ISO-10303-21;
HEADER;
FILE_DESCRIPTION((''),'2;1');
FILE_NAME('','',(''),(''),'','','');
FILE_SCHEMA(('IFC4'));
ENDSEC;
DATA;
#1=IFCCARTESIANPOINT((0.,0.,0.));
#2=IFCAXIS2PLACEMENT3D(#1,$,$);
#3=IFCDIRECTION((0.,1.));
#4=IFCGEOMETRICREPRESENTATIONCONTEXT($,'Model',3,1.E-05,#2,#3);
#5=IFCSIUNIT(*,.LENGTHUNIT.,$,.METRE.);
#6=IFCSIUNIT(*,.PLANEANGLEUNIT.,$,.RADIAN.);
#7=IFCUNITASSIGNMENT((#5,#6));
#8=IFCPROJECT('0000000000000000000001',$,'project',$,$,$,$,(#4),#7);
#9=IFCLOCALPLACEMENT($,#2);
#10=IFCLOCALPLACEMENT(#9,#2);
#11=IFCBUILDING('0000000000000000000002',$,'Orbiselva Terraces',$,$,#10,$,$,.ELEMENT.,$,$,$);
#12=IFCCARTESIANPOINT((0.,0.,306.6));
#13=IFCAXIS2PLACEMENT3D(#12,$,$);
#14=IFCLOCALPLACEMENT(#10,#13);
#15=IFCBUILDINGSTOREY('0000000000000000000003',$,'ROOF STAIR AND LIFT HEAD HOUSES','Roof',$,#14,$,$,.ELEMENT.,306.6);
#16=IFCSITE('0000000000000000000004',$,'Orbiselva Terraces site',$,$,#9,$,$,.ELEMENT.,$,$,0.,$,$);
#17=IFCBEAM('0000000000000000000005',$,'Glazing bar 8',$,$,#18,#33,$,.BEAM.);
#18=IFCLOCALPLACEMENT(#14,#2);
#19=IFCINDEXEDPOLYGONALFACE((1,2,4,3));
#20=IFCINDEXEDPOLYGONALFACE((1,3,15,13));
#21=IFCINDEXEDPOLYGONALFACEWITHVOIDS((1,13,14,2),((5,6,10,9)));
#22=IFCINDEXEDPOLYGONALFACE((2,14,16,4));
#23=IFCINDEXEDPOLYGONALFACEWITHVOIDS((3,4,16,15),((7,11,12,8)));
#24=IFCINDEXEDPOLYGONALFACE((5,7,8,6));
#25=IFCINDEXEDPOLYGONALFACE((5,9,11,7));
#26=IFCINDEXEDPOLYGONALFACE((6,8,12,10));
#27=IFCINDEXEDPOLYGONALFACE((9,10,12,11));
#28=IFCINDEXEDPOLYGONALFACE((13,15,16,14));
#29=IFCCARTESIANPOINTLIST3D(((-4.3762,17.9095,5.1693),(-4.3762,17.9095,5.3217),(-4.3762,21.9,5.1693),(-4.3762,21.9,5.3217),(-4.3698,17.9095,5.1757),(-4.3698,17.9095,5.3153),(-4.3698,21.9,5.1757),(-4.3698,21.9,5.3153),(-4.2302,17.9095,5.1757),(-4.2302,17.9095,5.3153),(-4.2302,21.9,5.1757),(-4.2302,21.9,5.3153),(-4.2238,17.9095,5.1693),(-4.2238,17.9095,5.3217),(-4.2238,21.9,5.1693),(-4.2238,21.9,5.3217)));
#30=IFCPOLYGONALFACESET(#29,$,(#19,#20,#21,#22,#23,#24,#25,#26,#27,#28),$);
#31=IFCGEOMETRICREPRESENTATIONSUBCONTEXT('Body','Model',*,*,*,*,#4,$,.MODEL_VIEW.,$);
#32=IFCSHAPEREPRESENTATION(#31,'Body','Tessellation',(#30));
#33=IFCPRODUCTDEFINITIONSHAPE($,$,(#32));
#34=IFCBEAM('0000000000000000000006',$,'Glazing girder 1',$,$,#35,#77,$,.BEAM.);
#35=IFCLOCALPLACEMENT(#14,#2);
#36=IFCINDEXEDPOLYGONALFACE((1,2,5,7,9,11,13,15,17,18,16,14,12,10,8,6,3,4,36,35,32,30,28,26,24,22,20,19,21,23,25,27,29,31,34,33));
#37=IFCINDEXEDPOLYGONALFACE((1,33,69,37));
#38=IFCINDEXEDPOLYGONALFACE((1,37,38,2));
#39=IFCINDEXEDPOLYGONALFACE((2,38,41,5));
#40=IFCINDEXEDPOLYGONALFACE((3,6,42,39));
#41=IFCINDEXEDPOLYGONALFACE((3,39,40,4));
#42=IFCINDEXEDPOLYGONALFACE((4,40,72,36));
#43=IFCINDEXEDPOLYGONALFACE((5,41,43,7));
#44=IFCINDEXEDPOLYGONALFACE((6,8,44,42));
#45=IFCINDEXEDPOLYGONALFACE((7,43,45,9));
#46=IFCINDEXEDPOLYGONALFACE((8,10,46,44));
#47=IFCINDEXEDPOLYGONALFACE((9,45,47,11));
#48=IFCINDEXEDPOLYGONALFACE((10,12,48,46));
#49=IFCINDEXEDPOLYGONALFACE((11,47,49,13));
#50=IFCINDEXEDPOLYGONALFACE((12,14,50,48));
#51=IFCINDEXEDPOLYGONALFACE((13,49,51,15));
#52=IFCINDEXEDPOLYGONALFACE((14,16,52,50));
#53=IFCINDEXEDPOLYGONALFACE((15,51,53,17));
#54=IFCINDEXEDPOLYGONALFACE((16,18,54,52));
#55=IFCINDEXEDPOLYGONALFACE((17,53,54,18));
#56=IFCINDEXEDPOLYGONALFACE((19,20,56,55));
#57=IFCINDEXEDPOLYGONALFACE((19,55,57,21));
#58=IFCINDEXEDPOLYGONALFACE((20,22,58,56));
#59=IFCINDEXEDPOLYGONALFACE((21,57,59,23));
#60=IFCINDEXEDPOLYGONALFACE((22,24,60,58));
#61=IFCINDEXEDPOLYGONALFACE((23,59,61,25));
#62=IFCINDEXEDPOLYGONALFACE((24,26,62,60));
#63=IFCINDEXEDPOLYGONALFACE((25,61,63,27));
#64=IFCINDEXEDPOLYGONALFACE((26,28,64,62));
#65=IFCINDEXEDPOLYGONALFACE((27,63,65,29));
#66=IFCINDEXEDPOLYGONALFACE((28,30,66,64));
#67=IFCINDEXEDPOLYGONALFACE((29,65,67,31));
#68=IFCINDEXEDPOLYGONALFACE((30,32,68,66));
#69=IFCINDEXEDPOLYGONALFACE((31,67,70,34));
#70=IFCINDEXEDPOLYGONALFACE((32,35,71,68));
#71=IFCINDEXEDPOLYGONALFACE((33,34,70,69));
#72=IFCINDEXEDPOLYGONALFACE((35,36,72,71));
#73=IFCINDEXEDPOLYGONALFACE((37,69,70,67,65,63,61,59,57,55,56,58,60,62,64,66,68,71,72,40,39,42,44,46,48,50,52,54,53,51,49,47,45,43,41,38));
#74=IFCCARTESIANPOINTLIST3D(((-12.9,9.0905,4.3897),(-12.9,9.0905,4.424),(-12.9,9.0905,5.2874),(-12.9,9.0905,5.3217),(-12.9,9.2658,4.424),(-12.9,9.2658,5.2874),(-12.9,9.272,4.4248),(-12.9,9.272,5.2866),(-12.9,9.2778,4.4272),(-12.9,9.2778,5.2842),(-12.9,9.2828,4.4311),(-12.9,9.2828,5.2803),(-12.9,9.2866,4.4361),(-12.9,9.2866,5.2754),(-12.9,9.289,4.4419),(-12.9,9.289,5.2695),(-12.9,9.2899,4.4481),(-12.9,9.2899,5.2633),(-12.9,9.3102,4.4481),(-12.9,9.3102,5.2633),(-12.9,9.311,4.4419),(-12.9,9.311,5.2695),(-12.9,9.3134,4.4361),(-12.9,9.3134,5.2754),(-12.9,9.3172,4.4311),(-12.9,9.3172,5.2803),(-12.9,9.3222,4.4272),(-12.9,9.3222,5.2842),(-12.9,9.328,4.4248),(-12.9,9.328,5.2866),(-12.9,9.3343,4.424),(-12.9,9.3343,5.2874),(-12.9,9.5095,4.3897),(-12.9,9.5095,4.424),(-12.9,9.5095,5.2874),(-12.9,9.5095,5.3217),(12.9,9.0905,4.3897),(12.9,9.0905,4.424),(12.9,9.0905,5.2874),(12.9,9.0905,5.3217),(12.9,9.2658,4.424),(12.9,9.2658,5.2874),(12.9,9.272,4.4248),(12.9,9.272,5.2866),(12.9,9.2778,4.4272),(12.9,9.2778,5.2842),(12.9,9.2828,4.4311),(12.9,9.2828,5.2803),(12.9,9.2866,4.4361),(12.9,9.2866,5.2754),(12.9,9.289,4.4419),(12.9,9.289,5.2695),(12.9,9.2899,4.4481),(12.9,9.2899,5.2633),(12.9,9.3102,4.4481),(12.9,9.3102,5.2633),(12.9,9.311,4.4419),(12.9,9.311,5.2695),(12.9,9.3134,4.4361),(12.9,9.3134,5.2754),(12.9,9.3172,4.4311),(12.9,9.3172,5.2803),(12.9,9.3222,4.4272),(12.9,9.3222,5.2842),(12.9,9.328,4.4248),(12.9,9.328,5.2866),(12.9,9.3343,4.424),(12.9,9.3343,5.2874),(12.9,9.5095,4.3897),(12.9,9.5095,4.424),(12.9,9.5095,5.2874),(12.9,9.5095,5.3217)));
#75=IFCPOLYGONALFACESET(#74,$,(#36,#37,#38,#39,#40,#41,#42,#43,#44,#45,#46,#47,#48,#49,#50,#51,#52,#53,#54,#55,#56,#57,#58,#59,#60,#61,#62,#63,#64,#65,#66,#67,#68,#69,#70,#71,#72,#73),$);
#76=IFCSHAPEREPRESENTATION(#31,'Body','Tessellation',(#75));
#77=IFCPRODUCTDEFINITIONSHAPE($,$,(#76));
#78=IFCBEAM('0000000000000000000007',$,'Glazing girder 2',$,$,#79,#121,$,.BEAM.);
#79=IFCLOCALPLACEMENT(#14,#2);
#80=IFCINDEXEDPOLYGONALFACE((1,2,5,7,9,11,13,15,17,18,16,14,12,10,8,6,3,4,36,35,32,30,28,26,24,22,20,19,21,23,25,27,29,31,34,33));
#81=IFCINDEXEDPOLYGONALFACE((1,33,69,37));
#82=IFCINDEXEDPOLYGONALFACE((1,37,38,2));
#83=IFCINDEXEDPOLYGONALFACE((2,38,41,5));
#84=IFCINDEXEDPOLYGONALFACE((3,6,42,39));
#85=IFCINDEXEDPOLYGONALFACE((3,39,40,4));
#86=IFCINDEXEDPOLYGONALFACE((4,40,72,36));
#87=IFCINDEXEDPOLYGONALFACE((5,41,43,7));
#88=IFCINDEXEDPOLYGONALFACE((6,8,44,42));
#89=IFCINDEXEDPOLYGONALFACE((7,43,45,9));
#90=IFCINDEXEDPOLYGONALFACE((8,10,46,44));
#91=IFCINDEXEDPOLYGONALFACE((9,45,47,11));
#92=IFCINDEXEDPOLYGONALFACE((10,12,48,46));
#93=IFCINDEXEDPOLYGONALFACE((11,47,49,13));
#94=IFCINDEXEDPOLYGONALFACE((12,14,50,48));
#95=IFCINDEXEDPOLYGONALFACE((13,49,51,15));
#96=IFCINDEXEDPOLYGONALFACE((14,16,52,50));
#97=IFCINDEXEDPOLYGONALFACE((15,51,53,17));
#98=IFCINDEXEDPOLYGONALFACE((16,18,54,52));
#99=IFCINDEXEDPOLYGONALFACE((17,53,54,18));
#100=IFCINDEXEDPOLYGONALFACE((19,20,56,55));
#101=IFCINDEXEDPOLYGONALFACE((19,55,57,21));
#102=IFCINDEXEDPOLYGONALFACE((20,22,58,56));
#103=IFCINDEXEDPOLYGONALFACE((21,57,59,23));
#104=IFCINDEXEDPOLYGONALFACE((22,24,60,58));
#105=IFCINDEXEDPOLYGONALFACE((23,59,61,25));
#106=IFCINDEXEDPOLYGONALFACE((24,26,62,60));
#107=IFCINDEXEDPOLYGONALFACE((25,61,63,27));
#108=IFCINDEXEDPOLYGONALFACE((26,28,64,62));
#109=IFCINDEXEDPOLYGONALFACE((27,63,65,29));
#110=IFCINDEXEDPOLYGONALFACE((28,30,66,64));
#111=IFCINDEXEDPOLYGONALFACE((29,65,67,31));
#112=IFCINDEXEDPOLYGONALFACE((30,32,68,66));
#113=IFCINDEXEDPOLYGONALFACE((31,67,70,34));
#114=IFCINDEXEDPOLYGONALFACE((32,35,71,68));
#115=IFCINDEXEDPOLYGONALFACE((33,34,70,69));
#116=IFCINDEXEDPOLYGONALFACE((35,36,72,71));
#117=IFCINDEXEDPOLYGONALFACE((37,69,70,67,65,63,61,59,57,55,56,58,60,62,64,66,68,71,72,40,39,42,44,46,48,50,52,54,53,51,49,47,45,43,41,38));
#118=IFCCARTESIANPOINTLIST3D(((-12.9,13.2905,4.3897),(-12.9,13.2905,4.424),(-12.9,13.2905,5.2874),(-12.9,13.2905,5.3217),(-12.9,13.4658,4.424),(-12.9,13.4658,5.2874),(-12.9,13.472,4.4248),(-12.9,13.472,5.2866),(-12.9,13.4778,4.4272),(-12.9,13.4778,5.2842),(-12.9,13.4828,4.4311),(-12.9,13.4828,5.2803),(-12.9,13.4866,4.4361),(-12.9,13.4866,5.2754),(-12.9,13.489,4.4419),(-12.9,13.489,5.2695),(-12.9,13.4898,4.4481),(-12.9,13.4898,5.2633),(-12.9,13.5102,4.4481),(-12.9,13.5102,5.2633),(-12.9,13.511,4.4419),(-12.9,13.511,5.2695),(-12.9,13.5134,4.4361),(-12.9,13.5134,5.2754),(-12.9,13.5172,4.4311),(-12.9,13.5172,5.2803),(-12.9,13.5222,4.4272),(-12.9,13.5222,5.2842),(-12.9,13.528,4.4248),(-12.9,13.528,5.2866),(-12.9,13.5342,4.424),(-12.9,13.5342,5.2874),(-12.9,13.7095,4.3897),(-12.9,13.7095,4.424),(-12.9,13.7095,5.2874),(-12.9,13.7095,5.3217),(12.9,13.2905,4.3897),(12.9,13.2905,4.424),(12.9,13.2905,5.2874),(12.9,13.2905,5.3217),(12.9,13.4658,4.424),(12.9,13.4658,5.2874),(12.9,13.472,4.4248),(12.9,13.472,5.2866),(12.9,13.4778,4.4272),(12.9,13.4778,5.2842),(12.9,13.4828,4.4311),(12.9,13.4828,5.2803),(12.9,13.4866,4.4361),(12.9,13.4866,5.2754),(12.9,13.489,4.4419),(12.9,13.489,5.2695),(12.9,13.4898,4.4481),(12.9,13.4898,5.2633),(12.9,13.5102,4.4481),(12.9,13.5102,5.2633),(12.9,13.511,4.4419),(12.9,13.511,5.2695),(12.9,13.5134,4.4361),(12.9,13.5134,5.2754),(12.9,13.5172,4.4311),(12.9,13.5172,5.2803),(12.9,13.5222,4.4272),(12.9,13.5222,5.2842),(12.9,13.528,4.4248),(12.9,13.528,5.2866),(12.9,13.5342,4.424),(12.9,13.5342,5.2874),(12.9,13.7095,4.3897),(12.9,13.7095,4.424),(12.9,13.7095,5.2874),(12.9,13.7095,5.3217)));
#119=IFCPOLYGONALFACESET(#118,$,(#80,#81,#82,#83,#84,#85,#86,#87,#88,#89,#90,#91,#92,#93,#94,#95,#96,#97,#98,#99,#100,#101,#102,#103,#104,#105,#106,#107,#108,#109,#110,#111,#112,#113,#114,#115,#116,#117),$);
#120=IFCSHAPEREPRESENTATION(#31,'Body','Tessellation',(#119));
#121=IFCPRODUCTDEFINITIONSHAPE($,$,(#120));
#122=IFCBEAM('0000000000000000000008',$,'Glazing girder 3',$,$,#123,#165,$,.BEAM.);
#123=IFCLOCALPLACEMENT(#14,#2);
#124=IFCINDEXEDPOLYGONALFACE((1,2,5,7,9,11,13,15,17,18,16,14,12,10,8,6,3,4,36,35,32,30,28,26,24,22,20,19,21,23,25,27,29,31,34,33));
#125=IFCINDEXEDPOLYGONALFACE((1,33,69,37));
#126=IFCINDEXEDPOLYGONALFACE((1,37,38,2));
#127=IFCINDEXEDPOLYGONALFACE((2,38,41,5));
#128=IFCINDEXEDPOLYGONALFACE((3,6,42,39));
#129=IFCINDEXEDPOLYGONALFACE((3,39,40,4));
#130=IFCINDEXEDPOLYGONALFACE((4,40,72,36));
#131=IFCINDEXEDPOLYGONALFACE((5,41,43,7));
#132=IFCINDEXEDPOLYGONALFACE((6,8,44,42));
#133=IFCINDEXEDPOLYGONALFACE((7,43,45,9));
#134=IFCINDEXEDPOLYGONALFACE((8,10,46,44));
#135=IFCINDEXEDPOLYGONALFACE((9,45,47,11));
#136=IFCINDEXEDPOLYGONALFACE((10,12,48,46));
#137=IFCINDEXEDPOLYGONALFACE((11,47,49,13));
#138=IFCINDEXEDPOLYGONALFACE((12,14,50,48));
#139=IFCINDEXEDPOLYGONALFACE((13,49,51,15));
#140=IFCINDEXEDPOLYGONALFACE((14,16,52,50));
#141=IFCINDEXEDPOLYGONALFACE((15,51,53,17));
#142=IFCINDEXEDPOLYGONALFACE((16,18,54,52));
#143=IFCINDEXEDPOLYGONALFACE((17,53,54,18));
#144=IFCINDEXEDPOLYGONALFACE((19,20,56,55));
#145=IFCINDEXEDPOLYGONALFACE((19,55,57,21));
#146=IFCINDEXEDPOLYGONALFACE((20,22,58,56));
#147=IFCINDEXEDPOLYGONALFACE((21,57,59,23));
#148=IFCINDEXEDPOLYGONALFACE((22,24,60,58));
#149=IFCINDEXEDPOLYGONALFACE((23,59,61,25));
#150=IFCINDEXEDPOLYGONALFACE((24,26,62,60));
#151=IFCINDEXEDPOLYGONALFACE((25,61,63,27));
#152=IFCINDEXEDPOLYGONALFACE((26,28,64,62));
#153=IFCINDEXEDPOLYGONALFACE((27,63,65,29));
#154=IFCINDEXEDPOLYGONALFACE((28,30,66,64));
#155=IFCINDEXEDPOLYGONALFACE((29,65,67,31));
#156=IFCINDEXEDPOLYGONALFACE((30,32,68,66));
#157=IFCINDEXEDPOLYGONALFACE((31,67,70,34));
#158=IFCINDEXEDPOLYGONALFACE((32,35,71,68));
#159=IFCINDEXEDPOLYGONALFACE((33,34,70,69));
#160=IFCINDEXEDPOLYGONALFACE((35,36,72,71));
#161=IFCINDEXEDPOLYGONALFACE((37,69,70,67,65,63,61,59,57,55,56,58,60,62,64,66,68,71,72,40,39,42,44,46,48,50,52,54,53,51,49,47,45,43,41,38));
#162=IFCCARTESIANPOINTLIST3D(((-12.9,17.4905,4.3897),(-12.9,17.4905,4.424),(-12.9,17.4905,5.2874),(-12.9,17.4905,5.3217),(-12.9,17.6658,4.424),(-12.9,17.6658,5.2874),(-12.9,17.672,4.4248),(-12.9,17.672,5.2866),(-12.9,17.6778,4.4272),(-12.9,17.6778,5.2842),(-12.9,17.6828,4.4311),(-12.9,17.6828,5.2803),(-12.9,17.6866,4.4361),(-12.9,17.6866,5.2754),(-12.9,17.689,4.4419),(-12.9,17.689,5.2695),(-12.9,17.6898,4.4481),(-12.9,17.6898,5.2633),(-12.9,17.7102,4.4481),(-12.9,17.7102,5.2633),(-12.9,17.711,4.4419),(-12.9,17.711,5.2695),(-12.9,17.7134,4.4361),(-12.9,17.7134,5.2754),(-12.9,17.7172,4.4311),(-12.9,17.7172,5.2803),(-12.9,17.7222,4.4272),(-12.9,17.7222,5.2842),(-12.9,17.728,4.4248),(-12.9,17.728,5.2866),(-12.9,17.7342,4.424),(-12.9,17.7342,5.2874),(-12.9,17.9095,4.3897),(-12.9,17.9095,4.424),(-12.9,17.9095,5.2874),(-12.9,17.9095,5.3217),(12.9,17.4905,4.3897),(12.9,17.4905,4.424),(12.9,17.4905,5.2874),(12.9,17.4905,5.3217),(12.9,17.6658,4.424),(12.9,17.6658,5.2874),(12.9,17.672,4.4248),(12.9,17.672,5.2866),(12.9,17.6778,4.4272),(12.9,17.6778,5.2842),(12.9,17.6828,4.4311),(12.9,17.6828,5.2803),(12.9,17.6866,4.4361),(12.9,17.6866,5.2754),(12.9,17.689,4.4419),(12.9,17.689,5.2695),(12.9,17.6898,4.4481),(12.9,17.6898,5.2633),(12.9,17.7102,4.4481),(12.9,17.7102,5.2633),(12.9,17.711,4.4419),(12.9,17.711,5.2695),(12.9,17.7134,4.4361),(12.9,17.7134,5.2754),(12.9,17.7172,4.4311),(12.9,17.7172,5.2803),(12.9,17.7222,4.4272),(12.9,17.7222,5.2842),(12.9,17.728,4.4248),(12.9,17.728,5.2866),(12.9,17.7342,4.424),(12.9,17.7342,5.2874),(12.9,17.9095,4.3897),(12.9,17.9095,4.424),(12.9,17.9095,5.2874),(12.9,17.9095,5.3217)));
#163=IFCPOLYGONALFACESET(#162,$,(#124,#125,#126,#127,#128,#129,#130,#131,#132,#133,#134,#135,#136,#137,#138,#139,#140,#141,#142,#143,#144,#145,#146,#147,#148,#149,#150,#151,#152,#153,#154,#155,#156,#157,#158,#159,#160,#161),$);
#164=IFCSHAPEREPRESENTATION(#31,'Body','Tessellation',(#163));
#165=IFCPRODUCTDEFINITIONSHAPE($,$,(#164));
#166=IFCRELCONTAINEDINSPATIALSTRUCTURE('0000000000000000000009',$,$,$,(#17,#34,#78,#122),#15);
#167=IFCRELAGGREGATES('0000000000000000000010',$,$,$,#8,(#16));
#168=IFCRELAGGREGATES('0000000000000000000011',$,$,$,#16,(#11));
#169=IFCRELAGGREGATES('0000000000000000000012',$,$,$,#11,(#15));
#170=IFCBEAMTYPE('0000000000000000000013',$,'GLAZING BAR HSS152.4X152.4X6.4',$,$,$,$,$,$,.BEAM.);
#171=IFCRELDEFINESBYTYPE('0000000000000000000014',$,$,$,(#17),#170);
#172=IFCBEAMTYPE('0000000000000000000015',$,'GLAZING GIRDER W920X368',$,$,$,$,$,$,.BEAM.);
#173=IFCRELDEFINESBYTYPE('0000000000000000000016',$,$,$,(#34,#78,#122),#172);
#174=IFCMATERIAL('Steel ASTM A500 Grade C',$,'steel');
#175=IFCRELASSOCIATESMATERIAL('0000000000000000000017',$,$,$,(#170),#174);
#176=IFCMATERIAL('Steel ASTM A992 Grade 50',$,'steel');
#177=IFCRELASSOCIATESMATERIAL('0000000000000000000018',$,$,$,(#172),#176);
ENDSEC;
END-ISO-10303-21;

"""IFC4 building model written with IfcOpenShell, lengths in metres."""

from ifc_helpers import new_model, si_unit, direction, frame, origin, origin_2d, place, context, subcontext, project, spatial, hollow_rectangle, i_section, extrude, material, material_profile, profile_set, type_object, element, save


model = new_model("IFC4")

# Units and contexts
model_context = context("Model", 3, precision=1e-05, world=origin(), true_north=direction((0.0, 1.0)))
body_context = subcontext(model_context, "Body", "Model", "MODEL_VIEW")
ifc_project = project(units=[si_unit("LENGTHUNIT", "METRE"), si_unit("PLANEANGLEUNIT", "RADIAN")], contexts=[model_context])

# Site, building, storey
site_placement = place(None, origin())
site = spatial("IfcSite", under=ifc_project, at=site_placement, Name="Orbiselva Terraces site", CompositionType="ELEMENT", RefElevation=0.0)
building_placement = place(site_placement, origin())
building = spatial("IfcBuilding", under=site, at=building_placement, Name="Orbiselva Terraces", CompositionType="ELEMENT")
storey_placement = place(building_placement, frame((0.0, 0.0, 306.6)))
storey = spatial("IfcBuildingStorey", under=building, at=storey_placement, Name="ROOF STAIR AND LIFT HEAD HOUSES", Description="Roof", CompositionType="ELEMENT", Elevation=306.6)

# Shared definitions
ifc_material_1 = material(Name="Steel ASTM A500 Grade C", Category="steel")

# Beams
ifc_material_profile_1 = material_profile(ifc_material_1, hollow_rectangle(XDim=0.1524, YDim=0.1524, WallThickness=0.0063, at=origin_2d()), Name="HSS152.4X152.4X6.4")
ifc_profile_set_1 = profile_set([ifc_material_profile_1], Name="Steel ASTM A500 Grade C")
beam_type_1 = type_object("IfcBeamType", Name="GLAZING BAR HSS152.4X152.4X6.4", PredefinedType="BEAM", material=ifc_profile_set_1)
beam_1_placement = place(storey_placement, frame((-4.3, 17.9095, 5.2455), z_axis=(0.0, 1.0, 0.0), x_axis=(-1.0, 0.0, 0.0)))
element("IfcBeam", 1, at=beam_1_placement, inside=storey, type_object=beam_type_1, Name="Glazing bar 8", PredefinedType="BEAM", context=body_context, shape_type="SweptSolid", body=[
    extrude(hollow_rectangle(XDim=0.1524, YDim=0.1524, WallThickness=0.0063, at=origin_2d()), origin(), (0.0, 0.0, 1.0), 3.9905),
])
ifc_material_2 = material(Name="Steel ASTM A992 Grade 50", Category="steel")
ifc_material_profile_2 = material_profile(ifc_material_2, i_section(OverallWidth=0.419, OverallDepth=0.932, WebThickness=0.0203, FlangeThickness=0.0343, FilletRadius=0.0241, at=origin_2d()), Name="W920X368")
ifc_profile_set_2 = profile_set([ifc_material_profile_2], Name="Steel ASTM A992 Grade 50")
beam_type_2 = type_object("IfcBeamType", Name="GLAZING GIRDER W920X368", PredefinedType="BEAM", material=ifc_profile_set_2)
for number, where, z_axis, x_axis, name in (
    (2, (-12.9, 9.3, 4.8557), (1.0, 0.0, 0.0), (0.0, 1.0, 0.0), "Glazing girder 1"),
    (3, (-12.9, 13.5, 4.8557), (1.0, 0.0, 0.0), (0.0, 1.0, 0.0), "Glazing girder 2"),
    (4, (-12.9, 17.7, 4.8557), (1.0, 0.0, 0.0), (0.0, 1.0, 0.0), "Glazing girder 3"),
):
    element("IfcBeam", number, at=place(storey_placement, frame(where, z_axis=z_axis, x_axis=x_axis)), inside=storey, type_object=beam_type_2, Name=name, PredefinedType="BEAM", context=body_context, shape_type="SweptSolid", body=[
        extrude(i_section(OverallWidth=0.419, OverallDepth=0.932, WebThickness=0.0203, FlangeThickness=0.0343, FilletRadius=0.0241, at=origin_2d()), origin(), (0.0, 0.0, 1.0), 25.8),
    ])

save(model, "model.ifc")
